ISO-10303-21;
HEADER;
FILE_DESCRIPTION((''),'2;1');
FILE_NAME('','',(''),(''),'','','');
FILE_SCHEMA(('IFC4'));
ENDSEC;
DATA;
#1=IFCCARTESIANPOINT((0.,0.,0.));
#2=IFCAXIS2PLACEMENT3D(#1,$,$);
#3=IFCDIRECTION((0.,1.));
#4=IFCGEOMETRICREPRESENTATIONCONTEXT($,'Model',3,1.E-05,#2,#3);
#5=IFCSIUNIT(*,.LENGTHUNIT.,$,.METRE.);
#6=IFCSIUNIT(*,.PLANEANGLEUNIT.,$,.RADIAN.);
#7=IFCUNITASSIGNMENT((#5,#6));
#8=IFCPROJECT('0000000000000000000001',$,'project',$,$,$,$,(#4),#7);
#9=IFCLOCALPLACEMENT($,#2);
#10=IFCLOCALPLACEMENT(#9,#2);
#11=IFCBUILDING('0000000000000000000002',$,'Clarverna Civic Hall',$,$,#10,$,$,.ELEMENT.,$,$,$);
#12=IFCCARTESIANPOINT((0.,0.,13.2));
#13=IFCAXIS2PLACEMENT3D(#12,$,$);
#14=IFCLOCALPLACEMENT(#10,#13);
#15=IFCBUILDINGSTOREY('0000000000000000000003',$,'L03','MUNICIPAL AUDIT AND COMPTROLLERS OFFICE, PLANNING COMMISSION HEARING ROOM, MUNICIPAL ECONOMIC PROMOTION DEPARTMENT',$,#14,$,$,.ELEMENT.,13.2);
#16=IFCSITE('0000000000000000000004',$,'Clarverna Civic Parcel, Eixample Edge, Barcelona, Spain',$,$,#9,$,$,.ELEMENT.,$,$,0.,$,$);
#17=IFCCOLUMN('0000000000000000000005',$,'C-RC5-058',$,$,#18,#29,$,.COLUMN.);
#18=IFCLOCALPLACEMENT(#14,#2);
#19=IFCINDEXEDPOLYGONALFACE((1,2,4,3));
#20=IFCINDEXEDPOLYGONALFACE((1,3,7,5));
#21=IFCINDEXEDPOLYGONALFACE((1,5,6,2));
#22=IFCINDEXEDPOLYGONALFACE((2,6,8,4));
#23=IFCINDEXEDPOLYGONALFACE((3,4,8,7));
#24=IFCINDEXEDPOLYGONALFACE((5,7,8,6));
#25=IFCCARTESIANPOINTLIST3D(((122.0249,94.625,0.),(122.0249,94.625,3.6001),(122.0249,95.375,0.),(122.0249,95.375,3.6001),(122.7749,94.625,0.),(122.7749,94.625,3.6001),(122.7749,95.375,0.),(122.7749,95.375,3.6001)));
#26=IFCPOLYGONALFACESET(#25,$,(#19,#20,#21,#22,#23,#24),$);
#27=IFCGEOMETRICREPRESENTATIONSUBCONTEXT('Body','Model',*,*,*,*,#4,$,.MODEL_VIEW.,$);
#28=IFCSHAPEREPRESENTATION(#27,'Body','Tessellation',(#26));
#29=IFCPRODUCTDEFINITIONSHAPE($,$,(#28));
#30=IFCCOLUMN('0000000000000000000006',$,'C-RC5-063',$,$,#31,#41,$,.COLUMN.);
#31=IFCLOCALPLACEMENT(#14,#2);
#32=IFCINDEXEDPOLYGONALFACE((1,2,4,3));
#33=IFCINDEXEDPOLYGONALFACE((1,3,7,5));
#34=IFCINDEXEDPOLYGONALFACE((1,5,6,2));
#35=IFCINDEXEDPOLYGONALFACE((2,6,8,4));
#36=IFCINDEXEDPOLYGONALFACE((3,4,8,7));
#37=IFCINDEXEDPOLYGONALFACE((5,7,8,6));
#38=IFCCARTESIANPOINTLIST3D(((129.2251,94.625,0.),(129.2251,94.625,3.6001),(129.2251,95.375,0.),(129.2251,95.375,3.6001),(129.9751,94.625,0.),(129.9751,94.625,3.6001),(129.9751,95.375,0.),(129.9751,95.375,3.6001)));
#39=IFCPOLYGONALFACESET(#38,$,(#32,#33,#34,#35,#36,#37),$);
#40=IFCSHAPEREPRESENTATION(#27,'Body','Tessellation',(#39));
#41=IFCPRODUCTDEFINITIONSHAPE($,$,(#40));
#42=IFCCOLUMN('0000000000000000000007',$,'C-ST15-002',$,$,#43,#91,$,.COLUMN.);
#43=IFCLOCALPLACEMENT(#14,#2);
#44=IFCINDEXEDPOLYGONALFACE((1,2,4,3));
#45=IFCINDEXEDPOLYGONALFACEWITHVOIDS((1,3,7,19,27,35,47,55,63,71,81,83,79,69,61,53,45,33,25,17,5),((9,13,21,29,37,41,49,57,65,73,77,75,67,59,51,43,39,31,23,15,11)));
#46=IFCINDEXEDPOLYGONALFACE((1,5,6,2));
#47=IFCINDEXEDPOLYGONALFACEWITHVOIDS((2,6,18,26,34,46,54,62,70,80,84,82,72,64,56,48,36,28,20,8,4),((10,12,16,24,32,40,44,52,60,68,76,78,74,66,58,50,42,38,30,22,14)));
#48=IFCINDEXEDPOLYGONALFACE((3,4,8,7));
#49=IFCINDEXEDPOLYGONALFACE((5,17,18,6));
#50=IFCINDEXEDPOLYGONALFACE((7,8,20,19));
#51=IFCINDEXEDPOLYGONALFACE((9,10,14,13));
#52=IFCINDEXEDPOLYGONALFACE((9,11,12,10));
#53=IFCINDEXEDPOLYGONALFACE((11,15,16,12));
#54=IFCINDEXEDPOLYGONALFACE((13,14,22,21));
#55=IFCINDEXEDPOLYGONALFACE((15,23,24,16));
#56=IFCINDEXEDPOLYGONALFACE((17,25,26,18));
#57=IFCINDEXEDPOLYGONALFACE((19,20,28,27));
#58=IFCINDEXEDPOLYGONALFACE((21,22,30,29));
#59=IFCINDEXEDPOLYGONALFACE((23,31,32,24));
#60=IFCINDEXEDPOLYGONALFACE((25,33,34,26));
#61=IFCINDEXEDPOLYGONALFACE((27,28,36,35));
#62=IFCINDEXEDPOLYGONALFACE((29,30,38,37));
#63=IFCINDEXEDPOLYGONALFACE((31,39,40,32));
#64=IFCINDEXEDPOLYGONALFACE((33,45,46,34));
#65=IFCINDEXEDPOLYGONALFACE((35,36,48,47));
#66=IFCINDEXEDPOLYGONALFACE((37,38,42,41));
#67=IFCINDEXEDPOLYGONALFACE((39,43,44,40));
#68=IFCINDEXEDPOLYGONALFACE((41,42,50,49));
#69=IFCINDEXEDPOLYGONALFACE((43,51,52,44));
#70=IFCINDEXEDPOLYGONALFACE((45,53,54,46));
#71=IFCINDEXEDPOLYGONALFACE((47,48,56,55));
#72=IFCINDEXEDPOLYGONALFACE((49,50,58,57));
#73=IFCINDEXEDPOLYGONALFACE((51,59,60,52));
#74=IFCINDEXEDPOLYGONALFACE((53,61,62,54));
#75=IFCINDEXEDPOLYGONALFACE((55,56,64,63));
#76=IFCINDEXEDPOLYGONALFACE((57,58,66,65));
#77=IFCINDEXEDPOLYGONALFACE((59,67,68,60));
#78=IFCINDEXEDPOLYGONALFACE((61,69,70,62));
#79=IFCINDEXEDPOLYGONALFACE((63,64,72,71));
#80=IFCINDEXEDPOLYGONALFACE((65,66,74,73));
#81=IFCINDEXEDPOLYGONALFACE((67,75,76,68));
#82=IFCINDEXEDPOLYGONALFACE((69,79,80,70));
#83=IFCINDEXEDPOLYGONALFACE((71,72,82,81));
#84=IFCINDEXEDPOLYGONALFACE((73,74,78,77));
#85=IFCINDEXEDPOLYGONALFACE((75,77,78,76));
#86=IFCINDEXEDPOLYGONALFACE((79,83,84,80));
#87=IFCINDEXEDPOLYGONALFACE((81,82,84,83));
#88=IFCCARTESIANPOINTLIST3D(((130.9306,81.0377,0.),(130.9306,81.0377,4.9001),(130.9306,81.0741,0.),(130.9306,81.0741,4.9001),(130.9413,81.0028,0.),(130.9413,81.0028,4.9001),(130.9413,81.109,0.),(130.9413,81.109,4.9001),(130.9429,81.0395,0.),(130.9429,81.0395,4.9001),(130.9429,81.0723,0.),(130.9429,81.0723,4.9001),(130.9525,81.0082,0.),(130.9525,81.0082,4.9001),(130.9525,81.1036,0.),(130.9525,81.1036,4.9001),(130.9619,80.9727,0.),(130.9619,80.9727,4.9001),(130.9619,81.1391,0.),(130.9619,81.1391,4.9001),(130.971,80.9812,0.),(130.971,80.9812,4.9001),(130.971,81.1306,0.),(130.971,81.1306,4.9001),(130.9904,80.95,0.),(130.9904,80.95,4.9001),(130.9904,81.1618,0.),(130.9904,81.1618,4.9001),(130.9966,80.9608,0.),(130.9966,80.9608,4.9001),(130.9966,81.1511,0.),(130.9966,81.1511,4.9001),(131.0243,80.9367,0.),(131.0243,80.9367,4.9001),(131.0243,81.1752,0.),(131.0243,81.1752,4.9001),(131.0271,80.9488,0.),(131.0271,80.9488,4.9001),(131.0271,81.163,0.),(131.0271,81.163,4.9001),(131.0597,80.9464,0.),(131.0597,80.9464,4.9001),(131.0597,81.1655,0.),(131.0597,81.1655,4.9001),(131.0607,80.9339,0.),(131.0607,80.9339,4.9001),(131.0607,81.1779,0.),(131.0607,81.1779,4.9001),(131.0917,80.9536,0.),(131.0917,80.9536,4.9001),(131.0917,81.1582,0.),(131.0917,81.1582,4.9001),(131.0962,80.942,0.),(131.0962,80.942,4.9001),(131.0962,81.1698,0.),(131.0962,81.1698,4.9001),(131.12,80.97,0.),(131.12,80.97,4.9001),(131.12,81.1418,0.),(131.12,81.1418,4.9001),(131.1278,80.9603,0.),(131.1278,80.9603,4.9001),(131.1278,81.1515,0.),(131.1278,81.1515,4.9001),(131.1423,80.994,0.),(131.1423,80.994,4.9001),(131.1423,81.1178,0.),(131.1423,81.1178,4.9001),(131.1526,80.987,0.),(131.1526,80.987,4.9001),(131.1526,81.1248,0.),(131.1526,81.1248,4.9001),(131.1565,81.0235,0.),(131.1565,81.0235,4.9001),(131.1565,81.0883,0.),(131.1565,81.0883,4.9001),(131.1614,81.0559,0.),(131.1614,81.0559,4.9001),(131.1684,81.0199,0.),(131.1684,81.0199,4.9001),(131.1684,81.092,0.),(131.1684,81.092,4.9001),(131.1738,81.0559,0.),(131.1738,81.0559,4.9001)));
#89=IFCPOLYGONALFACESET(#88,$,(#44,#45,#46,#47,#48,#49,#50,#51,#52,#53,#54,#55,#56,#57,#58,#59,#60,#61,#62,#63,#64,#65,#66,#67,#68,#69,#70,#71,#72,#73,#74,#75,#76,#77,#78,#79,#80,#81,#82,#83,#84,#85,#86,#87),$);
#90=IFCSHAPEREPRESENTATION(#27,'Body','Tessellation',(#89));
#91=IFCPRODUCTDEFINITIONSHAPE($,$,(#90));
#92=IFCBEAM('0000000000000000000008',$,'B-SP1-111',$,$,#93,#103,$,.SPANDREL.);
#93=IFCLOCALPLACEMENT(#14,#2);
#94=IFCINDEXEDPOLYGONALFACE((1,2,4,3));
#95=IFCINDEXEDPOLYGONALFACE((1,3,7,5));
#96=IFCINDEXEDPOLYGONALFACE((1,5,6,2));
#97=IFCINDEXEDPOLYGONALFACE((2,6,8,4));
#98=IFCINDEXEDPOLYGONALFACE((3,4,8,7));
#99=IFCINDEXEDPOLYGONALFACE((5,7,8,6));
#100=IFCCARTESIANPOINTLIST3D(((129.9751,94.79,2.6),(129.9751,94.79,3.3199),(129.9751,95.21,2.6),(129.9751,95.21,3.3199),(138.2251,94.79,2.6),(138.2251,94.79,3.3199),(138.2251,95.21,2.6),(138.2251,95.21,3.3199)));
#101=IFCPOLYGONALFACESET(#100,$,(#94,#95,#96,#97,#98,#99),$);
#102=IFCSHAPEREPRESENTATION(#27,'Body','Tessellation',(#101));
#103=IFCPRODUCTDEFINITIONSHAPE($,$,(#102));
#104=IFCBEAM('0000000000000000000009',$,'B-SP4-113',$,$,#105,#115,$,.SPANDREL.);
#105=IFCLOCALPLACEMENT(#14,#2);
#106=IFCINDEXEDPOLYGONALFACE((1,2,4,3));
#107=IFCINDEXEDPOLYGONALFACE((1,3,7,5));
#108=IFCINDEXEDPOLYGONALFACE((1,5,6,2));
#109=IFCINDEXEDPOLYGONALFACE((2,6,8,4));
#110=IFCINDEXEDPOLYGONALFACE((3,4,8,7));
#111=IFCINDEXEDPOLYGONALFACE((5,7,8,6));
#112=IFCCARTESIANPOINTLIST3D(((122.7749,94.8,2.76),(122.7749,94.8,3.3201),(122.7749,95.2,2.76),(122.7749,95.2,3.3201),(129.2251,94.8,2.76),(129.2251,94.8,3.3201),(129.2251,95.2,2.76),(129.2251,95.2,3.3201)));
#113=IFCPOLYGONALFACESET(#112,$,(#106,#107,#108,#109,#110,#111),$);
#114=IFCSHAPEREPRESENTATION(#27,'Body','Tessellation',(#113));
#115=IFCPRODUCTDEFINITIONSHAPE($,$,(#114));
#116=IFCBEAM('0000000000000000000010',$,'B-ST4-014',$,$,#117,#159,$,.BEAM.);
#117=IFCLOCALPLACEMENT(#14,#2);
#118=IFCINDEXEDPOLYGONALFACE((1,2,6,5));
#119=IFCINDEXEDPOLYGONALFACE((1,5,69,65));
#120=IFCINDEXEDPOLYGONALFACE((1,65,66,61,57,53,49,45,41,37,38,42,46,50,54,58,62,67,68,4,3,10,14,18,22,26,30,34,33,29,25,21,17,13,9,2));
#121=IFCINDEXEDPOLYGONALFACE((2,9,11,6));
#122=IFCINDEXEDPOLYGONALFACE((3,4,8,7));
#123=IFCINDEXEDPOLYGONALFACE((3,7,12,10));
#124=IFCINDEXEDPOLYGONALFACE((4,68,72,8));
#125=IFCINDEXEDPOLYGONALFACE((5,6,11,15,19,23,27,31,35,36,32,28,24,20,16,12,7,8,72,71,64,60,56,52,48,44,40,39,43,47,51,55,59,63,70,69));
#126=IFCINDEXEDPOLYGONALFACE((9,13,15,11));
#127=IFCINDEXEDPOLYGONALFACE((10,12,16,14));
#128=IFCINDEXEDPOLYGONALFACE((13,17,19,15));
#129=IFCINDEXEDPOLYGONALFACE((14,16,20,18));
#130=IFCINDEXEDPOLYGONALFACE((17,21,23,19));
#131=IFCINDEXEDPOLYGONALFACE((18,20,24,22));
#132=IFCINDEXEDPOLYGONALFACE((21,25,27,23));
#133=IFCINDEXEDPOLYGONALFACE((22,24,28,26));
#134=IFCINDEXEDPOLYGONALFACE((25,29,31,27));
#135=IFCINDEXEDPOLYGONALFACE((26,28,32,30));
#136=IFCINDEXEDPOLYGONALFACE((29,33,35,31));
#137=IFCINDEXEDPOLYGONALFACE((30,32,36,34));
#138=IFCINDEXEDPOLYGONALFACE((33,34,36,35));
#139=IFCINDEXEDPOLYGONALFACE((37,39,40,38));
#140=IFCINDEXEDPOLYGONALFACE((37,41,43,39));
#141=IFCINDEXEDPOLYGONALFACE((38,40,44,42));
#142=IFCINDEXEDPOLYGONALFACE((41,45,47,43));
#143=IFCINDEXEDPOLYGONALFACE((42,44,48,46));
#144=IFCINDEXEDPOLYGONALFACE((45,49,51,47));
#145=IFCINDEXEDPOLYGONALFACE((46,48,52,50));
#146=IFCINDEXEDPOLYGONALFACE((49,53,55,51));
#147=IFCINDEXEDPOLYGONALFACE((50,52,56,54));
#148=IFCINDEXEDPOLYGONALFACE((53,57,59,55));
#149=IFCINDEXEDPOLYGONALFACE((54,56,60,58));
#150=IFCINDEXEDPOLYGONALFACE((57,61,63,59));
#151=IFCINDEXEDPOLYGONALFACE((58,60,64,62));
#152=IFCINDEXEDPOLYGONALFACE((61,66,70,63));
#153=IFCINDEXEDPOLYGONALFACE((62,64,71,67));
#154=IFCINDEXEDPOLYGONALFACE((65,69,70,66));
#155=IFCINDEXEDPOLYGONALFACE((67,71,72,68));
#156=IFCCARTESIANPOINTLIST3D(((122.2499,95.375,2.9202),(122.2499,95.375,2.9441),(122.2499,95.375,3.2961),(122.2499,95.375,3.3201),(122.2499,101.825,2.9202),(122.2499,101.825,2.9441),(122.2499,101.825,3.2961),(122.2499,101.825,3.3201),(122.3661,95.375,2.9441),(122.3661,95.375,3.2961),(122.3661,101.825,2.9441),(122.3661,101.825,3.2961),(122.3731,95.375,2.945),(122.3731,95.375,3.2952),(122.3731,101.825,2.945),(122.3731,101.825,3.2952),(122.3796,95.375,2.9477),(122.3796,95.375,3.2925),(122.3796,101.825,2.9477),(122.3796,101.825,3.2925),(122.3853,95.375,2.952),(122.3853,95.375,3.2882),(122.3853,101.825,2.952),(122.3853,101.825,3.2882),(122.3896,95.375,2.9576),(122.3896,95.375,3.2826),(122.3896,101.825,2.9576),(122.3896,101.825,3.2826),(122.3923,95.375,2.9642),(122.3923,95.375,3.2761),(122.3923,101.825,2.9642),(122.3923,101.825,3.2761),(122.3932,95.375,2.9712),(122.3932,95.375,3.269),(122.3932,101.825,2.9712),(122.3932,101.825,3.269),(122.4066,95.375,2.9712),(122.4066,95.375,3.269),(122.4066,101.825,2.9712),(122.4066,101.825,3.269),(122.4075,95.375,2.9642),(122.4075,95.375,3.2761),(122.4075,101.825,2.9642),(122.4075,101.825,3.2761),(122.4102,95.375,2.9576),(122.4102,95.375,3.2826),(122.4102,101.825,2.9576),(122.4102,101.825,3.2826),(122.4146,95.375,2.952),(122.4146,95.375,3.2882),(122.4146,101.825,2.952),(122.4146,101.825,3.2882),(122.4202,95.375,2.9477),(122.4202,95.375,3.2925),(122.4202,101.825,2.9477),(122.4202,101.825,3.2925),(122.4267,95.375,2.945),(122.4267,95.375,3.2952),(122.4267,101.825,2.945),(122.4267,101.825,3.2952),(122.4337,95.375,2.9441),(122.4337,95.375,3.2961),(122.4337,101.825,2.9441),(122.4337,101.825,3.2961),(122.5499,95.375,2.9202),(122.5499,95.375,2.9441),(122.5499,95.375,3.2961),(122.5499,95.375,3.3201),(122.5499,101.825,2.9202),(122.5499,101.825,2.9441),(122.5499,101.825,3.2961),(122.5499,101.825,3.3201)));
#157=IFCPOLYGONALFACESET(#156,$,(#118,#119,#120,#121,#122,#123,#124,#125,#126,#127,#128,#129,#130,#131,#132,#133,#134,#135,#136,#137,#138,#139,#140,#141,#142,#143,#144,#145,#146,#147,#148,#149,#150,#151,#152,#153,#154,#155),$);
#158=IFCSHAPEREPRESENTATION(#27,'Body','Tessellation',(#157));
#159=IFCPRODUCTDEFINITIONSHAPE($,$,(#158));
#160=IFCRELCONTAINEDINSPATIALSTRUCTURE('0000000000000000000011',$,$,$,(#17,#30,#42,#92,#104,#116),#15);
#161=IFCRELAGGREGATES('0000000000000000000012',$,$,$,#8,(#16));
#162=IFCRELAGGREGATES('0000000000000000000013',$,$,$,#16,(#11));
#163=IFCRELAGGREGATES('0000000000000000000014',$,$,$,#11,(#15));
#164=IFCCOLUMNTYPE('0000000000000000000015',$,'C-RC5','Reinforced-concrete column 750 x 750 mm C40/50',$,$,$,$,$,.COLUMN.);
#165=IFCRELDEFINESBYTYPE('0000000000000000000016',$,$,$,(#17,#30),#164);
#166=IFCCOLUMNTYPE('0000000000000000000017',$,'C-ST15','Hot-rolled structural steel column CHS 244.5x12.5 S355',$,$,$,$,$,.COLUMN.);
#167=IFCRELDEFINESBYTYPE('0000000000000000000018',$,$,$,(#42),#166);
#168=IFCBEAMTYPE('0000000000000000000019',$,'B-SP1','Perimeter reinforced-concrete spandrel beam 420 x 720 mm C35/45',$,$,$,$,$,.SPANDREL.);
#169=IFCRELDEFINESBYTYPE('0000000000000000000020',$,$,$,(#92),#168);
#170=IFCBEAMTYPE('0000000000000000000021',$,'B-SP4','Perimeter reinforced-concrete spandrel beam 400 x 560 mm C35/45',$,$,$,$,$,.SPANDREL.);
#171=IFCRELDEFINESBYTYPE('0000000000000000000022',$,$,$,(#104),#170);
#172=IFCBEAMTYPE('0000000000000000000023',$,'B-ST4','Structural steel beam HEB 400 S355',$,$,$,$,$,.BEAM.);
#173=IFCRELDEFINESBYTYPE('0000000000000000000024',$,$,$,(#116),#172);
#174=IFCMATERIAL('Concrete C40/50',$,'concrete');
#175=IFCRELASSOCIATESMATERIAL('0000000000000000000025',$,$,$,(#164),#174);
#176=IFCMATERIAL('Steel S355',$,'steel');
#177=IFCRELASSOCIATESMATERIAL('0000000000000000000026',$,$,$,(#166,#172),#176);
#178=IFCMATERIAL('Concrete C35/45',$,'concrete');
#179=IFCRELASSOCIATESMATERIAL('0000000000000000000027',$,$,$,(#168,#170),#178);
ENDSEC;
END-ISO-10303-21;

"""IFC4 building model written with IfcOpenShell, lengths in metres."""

from ifc_helpers import new_model, si_unit, direction, frame, origin, origin_2d, place, context, subcontext, project, spatial, rectangle, hollow_circle, i_section, extrude, material, material_profile, profile_set, type_object, element, save


model = new_model("IFC4")

# Units and contexts
model_context = context("Model", 3, precision=1e-05, world=origin(), true_north=direction((0.0, 1.0)))
body_context = subcontext(model_context, "Body", "Model", "MODEL_VIEW")
ifc_project = project(units=[si_unit("LENGTHUNIT", "METRE"), si_unit("PLANEANGLEUNIT", "RADIAN")], contexts=[model_context])

# Site, building, storey
site_placement = place(None, origin())
site = spatial("IfcSite", under=ifc_project, at=site_placement, Name="Clarverna Civic Parcel, Eixample Edge, Barcelona, Spain", CompositionType="ELEMENT", RefElevation=0.0)
building_placement = place(site_placement, origin())
building = spatial("IfcBuilding", under=site, at=building_placement, Name="Clarverna Civic Hall", CompositionType="ELEMENT")
storey_placement = place(building_placement, frame((0.0, 0.0, 13.2)))
storey = spatial("IfcBuildingStorey", under=building, at=storey_placement, Name="L03", Description="MUNICIPAL AUDIT AND COMPTROLLERS OFFICE, PLANNING COMMISSION HEARING ROOM, MUNICIPAL ECONOMIC PROMOTION DEPARTMENT", CompositionType="ELEMENT", Elevation=13.2)

# Columns
ifc_material_1 = material(Name="Concrete C40/50", Category="concrete")
ifc_material_profile_1 = material_profile(ifc_material_1, rectangle(XDim=0.75, YDim=0.75, at=origin_2d()), Name="RC 750x750")
ifc_profile_set_1 = profile_set([ifc_material_profile_1], Name="Concrete C40/50")
column_type_1 = type_object("IfcColumnType", Name="C-RC5", Description="Reinforced-concrete column 750 x 750 mm C40/50", PredefinedType="COLUMN", material=ifc_profile_set_1)
for number, where, z_axis, x_axis, name in (
    (1, (122.3999, 95.0, 0.0), (0.0, 0.0, 1.0), (1.0, 0.0, 0.0), "C-RC5-058"),
    (2, (129.6001, 95.0, 0.0), (0.0, 0.0, 1.0), (1.0, 0.0, 0.0), "C-RC5-063"),
):
    element("IfcColumn", number, at=place(storey_placement, frame(where, z_axis=z_axis, x_axis=x_axis)), inside=storey, type_object=column_type_1, Name=name, PredefinedType="COLUMN", context=body_context, shape_type="SweptSolid", body=[
        extrude(rectangle(XDim=0.75, YDim=0.75, at=origin_2d()), origin(), (0.0, 0.0, 1.0), 3.6001),
    ])
ifc_material_2 = material(Name="Steel S355", Category="steel")
ifc_material_profile_2 = material_profile(ifc_material_2, hollow_circle(Radius=0.1223, WallThickness=0.0125, at=origin_2d()), Name="CHS 244.5x12.5")
ifc_profile_set_2 = profile_set([ifc_material_profile_2], Name="Steel S355")
column_type_2 = type_object("IfcColumnType", Name="C-ST15", Description="Hot-rolled structural steel column CHS 244.5x12.5 S355", PredefinedType="COLUMN", material=ifc_profile_set_2)
column_placement = place(storey_placement, frame((131.0515, 81.0559, 0.0), z_axis=(0.0, 0.0, 1.0), x_axis=(1.0, 0.0, 0.0)))
element("IfcColumn", 3, at=column_placement, inside=storey, type_object=column_type_2, Name="C-ST15-002", PredefinedType="COLUMN", context=body_context, shape_type="SweptSolid", body=[
    extrude(hollow_circle(Radius=0.1223, WallThickness=0.0125, at=origin_2d()), origin(), (0.0, 0.0, 1.0), 4.9001),
])

# Beams
ifc_material_3 = material(Name="Concrete C35/45", Category="concrete")
ifc_material_profile_3 = material_profile(ifc_material_3, rectangle(XDim=0.4199, YDim=0.72, at=origin_2d()), Name="RC 420x720")
ifc_profile_set_3 = profile_set([ifc_material_profile_3], Name="Concrete C35/45")
beam_type_1 = type_object("IfcBeamType", Name="B-SP1", Description="Perimeter reinforced-concrete spandrel beam 420 x 720 mm C35/45", PredefinedType="SPANDREL", material=ifc_profile_set_3)
beam_1_placement = place(storey_placement, frame((129.9751, 95.0, 2.96), z_axis=(1.0, 0.0, 0.0), x_axis=(0.0, 1.0, 0.0)))
element("IfcBeam", 4, at=beam_1_placement, inside=storey, type_object=beam_type_1, Name="B-SP1-111", PredefinedType="SPANDREL", context=body_context, shape_type="SweptSolid", body=[
    extrude(rectangle(XDim=0.4199, YDim=0.72, at=origin_2d()), origin(), (0.0, 0.0, 1.0), 8.25),
])
ifc_material_profile_4 = material_profile(ifc_material_3, rectangle(XDim=0.3999, YDim=0.5601, at=origin_2d()), Name="RC 400x560")
ifc_profile_set_4 = profile_set([ifc_material_profile_4], Name="Concrete C35/45")
beam_type_2 = type_object("IfcBeamType", Name="B-SP4", Description="Perimeter reinforced-concrete spandrel beam 400 x 560 mm C35/45", PredefinedType="SPANDREL", material=ifc_profile_set_4)
beam_2_placement = place(storey_placement, frame((122.7749, 95.0, 3.04), z_axis=(1.0, 0.0, 0.0), x_axis=(0.0, 1.0, 0.0)))
element("IfcBeam", 5, at=beam_2_placement, inside=storey, type_object=beam_type_2, Name="B-SP4-113", PredefinedType="SPANDREL", context=body_context, shape_type="SweptSolid", body=[
    extrude(rectangle(XDim=0.3999, YDim=0.5601, at=origin_2d()), origin(), (0.0, 0.0, 1.0), 6.4502),
])
ifc_material_profile_5 = material_profile(ifc_material_2, i_section(OverallWidth=0.3, OverallDepth=0.3999, WebThickness=0.0134, FlangeThickness=0.0239, FilletRadius=0.0271, at=origin_2d()), Name="HEB 400")
ifc_profile_set_5 = profile_set([ifc_material_profile_5], Name="Steel S355")
beam_type_3 = type_object("IfcBeamType", Name="B-ST4", Description="Structural steel beam HEB 400 S355", PredefinedType="BEAM", material=ifc_profile_set_5)
beam_3_placement = place(storey_placement, frame((122.3999, 95.375, 3.1201), z_axis=(0.0, 1.0, 0.0), x_axis=(-1.0, 0.0, 0.0)))
element("IfcBeam", 6, at=beam_3_placement, inside=storey, type_object=beam_type_3, Name="B-ST4-014", PredefinedType="BEAM", context=body_context, shape_type="SweptSolid", body=[
    extrude(i_section(OverallWidth=0.3, OverallDepth=0.3999, WebThickness=0.0134, FlangeThickness=0.0239, FilletRadius=0.0271, at=origin_2d()), origin(), (0.0, 0.0, 1.0), 6.45),
])

save(model, "model.ifc")
